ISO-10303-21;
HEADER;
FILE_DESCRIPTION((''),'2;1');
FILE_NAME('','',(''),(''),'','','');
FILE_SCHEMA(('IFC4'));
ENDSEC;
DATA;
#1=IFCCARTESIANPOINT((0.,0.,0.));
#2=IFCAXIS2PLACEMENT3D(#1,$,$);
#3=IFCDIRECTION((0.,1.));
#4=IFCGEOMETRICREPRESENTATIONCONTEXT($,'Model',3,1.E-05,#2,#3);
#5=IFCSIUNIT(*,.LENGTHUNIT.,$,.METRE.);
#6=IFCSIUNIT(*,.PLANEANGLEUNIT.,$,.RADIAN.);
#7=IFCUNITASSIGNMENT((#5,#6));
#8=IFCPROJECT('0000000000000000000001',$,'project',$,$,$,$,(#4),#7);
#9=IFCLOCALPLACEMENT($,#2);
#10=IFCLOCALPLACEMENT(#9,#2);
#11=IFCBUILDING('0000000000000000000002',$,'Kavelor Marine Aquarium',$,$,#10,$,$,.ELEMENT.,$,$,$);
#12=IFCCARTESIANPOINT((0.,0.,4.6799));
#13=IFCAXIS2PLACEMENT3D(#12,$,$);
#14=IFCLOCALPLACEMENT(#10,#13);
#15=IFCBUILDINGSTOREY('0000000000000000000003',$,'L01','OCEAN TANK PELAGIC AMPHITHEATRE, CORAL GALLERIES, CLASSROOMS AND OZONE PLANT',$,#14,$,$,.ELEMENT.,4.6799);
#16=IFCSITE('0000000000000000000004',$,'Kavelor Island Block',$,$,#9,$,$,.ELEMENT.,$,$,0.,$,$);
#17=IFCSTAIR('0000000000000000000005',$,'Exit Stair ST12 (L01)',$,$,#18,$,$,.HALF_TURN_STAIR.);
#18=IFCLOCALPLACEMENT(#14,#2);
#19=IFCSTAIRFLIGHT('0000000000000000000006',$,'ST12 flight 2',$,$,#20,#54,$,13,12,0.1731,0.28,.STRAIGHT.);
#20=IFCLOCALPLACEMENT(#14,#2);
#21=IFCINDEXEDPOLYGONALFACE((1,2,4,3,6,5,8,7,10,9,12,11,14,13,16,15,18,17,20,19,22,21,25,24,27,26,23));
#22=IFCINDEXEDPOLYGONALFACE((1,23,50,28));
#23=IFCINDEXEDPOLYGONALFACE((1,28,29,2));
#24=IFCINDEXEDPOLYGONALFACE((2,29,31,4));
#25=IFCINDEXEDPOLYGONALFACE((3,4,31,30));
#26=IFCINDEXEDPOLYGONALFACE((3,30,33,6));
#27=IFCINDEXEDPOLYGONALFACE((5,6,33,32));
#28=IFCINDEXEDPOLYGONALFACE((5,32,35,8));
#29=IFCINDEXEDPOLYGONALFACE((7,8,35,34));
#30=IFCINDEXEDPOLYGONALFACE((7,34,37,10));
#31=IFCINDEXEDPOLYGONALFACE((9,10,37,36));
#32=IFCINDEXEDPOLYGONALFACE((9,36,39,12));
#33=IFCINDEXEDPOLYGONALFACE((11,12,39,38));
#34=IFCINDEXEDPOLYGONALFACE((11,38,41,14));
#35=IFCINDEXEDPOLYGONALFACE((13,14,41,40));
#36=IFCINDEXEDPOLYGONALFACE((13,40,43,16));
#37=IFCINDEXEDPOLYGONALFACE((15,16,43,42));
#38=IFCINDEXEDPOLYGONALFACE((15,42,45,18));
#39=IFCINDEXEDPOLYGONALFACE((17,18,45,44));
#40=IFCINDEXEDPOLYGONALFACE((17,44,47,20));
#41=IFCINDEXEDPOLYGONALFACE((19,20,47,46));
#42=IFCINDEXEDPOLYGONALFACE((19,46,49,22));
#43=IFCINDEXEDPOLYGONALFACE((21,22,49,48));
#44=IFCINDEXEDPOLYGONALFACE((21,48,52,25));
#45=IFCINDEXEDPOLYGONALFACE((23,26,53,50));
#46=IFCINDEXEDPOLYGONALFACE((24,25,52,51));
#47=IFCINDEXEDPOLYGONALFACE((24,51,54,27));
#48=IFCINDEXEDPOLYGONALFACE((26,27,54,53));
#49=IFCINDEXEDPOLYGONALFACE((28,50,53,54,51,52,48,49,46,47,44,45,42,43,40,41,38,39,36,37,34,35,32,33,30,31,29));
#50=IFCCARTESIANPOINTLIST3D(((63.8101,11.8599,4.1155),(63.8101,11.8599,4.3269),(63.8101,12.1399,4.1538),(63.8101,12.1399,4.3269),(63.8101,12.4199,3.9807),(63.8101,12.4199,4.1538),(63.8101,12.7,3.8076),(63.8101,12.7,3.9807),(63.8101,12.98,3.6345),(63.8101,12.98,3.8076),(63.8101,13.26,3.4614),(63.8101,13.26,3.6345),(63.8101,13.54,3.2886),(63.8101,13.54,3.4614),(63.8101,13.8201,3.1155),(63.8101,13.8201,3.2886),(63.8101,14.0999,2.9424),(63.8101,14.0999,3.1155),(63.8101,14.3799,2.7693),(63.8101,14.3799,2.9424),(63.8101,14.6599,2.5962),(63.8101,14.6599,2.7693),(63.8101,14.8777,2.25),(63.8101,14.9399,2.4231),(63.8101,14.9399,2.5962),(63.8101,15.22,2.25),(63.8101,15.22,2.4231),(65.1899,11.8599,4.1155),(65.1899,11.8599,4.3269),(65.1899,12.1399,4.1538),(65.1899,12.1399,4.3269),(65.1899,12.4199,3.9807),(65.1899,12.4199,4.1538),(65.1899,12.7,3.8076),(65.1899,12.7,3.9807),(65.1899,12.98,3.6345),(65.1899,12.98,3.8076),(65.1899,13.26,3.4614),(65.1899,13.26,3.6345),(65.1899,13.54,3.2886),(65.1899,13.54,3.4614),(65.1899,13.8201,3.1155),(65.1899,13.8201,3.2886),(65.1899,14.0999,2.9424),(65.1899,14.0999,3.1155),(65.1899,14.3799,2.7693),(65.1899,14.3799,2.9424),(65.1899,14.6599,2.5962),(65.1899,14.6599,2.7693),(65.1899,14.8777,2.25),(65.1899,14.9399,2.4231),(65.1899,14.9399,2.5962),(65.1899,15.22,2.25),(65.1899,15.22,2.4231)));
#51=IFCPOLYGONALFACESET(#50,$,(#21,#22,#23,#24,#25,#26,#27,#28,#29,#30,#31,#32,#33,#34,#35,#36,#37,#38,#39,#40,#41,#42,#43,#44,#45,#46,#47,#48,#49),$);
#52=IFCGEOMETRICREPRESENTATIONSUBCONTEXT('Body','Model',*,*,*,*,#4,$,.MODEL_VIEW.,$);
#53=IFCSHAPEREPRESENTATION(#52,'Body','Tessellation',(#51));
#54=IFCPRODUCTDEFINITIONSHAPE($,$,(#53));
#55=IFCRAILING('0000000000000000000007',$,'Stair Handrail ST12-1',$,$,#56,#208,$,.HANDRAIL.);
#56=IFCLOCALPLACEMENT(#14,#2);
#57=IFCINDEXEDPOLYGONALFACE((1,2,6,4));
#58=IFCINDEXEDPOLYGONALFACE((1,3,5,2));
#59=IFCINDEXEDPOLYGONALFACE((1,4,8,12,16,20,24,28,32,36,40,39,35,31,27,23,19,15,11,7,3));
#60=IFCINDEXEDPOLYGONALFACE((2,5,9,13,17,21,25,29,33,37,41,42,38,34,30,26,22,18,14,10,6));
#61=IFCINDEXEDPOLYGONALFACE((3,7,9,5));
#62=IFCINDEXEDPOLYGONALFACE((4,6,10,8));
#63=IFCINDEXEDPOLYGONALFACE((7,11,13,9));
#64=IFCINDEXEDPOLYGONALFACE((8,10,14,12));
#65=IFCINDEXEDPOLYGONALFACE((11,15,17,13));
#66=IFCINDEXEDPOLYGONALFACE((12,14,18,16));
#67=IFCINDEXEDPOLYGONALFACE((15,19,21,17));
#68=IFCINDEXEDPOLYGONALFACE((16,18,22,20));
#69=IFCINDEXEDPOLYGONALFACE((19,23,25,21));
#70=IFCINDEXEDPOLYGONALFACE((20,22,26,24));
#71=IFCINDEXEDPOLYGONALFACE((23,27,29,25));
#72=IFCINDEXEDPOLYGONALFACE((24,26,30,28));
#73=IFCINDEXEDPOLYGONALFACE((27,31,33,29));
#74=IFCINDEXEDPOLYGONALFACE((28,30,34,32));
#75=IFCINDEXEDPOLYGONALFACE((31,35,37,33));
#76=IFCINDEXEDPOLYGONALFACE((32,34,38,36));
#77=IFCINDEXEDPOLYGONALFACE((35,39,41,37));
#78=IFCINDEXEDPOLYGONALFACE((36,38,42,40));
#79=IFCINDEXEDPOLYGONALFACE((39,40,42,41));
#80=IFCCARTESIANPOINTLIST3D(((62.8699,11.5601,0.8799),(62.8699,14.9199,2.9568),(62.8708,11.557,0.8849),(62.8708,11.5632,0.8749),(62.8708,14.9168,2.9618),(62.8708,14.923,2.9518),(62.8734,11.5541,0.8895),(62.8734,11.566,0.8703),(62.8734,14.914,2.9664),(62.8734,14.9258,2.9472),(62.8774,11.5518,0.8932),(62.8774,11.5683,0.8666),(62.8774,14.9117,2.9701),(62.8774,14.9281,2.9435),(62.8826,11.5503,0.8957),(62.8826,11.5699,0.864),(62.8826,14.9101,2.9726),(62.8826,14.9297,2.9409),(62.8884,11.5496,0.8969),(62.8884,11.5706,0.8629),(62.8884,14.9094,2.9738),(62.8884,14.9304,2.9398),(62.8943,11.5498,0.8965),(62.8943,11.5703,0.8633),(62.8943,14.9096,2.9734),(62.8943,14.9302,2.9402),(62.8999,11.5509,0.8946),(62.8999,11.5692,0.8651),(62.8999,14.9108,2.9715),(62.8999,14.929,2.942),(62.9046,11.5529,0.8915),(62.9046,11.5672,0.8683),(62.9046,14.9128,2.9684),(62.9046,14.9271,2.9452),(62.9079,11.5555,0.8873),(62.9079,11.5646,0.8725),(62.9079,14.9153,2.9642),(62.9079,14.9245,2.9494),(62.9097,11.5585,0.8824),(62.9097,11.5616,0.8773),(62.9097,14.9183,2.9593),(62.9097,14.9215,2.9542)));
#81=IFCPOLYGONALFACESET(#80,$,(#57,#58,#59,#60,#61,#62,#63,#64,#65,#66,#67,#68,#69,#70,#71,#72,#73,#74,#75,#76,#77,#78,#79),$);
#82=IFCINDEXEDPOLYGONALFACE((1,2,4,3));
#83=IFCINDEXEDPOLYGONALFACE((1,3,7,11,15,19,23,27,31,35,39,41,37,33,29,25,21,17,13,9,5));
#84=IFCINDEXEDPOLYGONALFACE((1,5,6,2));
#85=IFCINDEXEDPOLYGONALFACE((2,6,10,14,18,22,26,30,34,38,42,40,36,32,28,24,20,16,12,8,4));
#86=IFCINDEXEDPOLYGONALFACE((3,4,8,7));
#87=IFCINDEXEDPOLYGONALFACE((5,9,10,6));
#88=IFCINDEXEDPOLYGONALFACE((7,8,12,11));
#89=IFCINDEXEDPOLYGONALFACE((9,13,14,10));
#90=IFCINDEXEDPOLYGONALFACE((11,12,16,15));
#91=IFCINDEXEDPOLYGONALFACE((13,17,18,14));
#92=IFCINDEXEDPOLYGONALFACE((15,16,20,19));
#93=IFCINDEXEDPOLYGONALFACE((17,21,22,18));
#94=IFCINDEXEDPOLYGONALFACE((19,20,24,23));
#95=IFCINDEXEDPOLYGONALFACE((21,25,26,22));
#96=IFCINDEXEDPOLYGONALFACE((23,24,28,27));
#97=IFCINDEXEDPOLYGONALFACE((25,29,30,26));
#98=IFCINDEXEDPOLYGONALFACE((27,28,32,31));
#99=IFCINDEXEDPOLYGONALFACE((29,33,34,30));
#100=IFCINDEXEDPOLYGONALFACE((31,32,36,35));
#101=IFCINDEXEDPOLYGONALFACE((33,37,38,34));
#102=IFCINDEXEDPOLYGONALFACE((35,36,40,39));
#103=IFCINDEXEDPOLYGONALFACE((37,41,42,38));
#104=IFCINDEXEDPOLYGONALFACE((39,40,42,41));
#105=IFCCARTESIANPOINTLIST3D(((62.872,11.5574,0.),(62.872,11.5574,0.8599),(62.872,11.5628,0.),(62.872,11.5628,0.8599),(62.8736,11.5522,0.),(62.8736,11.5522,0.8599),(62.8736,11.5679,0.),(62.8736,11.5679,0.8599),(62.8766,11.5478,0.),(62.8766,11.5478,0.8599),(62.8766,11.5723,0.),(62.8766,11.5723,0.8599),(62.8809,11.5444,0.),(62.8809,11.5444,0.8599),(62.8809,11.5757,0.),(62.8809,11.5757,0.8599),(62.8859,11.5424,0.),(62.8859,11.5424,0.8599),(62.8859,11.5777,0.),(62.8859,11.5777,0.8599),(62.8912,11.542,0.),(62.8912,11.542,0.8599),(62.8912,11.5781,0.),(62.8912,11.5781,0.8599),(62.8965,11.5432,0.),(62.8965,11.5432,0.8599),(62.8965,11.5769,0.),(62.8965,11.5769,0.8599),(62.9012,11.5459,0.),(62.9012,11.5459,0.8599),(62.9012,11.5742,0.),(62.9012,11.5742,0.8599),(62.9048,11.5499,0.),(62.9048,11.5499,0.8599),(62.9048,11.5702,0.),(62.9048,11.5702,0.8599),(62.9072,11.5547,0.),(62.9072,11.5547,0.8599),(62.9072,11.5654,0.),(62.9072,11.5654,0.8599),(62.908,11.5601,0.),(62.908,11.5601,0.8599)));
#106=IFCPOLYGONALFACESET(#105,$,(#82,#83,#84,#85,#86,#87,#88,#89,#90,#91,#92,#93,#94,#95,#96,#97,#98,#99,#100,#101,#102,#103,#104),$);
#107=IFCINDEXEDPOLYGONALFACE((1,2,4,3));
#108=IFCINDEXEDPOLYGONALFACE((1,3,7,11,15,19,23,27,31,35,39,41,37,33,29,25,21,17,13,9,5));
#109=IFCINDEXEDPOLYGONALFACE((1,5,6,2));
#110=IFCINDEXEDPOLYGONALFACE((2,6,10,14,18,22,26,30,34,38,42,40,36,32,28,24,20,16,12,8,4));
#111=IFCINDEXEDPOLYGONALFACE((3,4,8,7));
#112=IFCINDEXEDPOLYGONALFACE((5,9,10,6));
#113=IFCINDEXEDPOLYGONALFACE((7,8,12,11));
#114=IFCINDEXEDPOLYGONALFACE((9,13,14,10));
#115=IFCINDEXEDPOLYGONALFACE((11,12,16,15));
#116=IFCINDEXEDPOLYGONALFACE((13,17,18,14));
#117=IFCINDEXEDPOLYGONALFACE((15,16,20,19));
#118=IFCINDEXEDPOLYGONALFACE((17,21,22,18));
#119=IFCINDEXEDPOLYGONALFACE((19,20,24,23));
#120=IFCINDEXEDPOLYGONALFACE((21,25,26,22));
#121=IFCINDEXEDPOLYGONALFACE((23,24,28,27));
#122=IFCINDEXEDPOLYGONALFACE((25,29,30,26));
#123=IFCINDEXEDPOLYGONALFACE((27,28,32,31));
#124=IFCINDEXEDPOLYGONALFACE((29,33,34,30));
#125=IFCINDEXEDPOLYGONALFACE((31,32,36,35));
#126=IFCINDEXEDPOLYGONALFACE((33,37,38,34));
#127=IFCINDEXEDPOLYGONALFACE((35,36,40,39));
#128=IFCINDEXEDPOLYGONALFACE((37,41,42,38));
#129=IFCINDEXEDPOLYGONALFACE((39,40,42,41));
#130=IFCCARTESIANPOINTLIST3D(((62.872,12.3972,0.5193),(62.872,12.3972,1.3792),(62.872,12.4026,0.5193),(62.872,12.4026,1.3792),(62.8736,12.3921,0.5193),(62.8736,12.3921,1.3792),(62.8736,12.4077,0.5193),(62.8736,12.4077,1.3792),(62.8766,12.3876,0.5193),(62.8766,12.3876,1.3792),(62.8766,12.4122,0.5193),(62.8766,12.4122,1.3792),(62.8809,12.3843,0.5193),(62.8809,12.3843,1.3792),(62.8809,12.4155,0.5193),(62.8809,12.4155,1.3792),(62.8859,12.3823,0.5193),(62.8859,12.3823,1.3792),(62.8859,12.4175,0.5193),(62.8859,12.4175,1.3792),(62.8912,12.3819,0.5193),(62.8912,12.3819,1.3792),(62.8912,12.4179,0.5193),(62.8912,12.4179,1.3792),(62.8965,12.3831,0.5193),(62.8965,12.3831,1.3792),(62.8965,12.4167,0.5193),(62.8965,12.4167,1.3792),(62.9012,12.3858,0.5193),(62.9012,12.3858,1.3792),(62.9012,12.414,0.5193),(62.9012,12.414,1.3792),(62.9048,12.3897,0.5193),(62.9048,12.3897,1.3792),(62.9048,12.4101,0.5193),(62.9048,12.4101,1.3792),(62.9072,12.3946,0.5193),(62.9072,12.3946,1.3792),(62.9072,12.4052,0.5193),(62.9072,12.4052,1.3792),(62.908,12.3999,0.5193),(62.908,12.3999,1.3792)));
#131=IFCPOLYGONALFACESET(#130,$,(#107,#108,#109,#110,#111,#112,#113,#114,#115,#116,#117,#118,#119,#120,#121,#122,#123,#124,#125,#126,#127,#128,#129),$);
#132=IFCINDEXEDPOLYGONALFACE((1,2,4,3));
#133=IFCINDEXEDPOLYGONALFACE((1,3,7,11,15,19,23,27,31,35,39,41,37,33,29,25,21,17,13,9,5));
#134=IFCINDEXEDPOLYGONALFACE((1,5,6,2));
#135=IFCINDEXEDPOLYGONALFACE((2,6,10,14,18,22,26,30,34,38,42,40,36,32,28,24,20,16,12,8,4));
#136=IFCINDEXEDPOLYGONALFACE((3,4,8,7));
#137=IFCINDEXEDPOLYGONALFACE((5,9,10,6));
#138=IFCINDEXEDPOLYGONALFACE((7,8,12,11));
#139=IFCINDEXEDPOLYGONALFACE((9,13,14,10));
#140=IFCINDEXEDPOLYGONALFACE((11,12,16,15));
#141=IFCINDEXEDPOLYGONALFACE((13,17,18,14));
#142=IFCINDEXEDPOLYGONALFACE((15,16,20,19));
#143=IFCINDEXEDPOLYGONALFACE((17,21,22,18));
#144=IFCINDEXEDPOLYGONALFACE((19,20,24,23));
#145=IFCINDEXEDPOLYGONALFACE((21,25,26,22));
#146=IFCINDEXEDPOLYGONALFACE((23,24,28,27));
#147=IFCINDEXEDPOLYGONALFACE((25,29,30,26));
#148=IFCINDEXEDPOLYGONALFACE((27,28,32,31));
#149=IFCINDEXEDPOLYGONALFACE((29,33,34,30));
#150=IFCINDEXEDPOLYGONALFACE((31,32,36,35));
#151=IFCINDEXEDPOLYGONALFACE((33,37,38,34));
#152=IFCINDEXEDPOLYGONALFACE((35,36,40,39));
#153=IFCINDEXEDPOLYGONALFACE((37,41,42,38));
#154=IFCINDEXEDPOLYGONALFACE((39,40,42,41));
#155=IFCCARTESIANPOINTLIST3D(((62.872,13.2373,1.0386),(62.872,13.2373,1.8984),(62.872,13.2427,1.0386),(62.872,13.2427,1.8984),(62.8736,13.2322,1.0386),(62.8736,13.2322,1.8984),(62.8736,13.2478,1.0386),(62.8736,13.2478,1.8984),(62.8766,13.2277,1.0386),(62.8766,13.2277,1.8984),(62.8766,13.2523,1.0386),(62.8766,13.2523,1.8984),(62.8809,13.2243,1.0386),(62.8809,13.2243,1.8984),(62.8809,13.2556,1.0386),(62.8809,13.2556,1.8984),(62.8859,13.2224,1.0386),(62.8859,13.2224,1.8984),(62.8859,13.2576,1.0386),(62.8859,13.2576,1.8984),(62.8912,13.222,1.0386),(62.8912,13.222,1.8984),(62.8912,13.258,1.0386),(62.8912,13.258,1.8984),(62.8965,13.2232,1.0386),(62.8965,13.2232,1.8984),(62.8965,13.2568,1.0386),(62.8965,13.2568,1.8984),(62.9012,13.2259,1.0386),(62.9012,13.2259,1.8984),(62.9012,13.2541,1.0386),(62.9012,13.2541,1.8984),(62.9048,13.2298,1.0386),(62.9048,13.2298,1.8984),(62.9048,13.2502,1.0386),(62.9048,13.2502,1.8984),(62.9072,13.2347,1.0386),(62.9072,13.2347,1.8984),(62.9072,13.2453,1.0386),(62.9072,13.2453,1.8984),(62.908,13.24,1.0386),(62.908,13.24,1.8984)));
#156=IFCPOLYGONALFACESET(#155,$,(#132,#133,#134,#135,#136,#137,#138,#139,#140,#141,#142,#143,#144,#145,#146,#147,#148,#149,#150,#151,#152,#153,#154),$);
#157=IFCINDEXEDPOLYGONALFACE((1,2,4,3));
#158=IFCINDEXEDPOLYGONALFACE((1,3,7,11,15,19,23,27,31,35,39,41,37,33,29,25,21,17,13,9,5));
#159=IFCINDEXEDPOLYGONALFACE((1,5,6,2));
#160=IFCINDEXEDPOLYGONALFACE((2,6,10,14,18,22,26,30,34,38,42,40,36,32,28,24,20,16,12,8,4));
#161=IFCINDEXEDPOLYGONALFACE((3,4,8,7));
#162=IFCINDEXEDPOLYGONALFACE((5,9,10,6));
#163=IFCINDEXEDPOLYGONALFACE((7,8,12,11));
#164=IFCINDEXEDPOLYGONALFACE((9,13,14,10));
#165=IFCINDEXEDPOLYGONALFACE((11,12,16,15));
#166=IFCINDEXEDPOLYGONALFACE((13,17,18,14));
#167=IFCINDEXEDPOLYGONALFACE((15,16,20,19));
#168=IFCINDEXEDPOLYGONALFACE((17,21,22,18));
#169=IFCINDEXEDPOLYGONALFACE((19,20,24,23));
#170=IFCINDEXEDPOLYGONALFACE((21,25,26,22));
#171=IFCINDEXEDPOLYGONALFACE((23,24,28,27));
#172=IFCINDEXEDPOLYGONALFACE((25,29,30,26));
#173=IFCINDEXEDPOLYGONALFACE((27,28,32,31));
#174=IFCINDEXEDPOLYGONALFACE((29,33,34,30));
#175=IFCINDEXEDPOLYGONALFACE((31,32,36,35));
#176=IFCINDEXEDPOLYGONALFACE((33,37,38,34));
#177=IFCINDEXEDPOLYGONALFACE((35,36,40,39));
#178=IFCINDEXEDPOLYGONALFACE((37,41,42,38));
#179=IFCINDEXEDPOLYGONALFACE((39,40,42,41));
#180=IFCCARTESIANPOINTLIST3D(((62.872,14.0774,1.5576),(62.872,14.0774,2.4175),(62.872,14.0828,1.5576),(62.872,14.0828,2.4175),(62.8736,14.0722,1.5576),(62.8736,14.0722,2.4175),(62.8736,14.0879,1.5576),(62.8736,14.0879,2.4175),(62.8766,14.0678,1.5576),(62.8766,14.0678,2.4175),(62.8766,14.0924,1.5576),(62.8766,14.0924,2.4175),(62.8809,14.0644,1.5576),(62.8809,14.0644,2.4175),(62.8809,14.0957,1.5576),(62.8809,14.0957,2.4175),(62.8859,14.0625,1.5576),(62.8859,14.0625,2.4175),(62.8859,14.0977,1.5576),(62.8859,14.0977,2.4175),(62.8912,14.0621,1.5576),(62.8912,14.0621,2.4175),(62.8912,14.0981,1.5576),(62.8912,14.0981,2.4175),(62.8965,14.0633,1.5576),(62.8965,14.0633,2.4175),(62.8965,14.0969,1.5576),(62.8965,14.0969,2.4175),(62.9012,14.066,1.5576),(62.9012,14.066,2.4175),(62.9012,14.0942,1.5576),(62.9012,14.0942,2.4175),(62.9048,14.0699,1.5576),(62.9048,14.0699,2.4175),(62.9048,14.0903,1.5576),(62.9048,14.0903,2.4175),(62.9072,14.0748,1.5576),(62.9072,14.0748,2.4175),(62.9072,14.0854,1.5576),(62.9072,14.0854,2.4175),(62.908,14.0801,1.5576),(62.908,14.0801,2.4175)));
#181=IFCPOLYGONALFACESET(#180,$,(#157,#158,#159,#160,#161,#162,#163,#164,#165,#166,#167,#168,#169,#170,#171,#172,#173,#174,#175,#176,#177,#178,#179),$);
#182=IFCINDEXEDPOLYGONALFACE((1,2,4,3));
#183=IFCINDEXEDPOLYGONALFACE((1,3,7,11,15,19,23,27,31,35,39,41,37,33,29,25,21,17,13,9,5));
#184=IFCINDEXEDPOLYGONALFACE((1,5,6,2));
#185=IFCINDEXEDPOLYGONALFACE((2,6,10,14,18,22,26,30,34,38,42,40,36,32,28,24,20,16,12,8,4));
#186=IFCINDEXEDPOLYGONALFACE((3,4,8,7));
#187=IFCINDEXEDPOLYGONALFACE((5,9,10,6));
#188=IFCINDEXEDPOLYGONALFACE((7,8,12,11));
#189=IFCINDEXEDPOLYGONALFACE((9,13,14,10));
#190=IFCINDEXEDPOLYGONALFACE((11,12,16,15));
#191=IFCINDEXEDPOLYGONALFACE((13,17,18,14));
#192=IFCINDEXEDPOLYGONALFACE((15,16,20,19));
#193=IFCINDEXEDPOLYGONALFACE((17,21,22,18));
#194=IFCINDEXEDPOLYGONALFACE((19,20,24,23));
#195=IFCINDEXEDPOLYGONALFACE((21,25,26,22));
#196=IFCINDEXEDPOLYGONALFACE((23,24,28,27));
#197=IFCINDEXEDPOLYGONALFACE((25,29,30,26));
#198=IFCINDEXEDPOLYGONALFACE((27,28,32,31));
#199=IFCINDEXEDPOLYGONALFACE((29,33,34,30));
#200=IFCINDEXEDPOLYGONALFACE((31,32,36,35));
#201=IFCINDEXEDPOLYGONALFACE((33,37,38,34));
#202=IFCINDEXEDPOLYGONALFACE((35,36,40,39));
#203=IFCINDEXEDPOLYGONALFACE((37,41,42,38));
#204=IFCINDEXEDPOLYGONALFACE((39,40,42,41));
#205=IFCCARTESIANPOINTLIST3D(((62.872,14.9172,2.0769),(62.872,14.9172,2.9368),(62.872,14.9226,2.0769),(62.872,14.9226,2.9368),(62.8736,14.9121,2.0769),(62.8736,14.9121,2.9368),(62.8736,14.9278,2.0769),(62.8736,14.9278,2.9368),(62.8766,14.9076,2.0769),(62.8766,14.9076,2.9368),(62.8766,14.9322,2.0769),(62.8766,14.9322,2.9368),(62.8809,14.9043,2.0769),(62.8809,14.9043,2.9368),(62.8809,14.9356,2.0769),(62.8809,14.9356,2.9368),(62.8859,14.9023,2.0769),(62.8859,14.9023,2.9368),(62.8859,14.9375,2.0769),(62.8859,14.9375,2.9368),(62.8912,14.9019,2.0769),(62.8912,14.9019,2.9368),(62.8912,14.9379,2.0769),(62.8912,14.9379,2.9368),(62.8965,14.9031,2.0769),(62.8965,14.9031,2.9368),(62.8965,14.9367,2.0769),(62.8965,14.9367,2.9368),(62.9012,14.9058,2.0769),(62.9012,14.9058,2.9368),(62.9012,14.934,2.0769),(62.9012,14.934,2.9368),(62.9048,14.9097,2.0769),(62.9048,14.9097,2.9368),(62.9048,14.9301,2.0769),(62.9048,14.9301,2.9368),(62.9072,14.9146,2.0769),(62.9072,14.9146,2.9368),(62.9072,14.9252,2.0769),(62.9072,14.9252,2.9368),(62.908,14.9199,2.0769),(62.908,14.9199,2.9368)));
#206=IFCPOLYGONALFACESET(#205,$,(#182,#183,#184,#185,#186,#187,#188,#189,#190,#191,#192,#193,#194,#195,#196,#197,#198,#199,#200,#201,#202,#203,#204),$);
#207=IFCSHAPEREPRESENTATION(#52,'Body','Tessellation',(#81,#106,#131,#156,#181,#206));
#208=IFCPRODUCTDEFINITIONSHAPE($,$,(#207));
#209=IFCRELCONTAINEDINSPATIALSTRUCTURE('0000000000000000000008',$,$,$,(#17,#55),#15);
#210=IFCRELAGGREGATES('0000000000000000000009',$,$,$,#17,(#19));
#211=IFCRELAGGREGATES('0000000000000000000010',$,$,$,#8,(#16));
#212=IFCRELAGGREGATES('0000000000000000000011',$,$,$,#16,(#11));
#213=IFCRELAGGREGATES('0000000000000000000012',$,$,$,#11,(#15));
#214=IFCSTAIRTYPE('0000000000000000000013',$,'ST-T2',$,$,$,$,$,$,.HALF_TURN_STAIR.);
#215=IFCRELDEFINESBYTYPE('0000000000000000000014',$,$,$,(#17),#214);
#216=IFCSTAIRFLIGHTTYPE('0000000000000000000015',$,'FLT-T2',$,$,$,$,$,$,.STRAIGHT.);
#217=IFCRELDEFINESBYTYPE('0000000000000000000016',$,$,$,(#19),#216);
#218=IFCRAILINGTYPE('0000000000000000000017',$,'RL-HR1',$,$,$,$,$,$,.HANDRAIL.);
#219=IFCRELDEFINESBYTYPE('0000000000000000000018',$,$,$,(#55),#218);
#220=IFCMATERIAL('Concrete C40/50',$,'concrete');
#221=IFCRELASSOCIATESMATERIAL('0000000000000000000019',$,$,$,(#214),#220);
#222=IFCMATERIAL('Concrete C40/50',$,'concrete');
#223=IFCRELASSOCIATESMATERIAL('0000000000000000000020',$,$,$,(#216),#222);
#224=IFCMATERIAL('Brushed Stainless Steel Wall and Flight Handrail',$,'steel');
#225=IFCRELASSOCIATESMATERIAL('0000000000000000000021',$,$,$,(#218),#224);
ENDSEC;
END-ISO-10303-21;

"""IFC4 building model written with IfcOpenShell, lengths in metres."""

from ifc_helpers import new_model, si_unit, direction, frame, origin, origin_2d, place, context, subcontext, project, spatial, polyline, circle, outline, extrude, material, type_object, element, aggregate, save


model = new_model("IFC4")

# Units and contexts
model_context = context("Model", 3, precision=1e-05, world=origin(), true_north=direction((0.0, 1.0)))
body_context = subcontext(model_context, "Body", "Model", "MODEL_VIEW")
ifc_project = project(units=[si_unit("LENGTHUNIT", "METRE"), si_unit("PLANEANGLEUNIT", "RADIAN")], contexts=[model_context])

# Site, building, storey
site_placement = place(None, origin())
site = spatial("IfcSite", under=ifc_project, at=site_placement, Name="Kavelor Island Block", CompositionType="ELEMENT", RefElevation=0.0)
building_placement = place(site_placement, origin())
building = spatial("IfcBuilding", under=site, at=building_placement, Name="Kavelor Marine Aquarium", CompositionType="ELEMENT")
storey_placement = place(building_placement, frame((0.0, 0.0, 4.6799)))
storey = spatial("IfcBuildingStorey", under=building, at=storey_placement, Name="L01", Description="OCEAN TANK PELAGIC AMPHITHEATRE, CORAL GALLERIES, CLASSROOMS AND OZONE PLANT", CompositionType="ELEMENT", Elevation=4.6799)

# Stair, stair flight
ifc_material_1 = material(Name="Concrete C40/50", Category="concrete")
stair_type = type_object("IfcStairType", Name="ST-T2", PredefinedType="HALF_TURN_STAIR", material=ifc_material_1)
stair_placement = place(storey_placement, origin())
stair = element("IfcStair", 1, at=stair_placement, inside=storey, type_object=stair_type, Name="Exit Stair ST12 (L01)", PredefinedType="HALF_TURN_STAIR")
ifc_material_2 = material(Name="Concrete C40/50", Category="concrete")
stair_flight_type = type_object("IfcStairFlightType", Name="FLT-T2", PredefinedType="STRAIGHT", material=ifc_material_2)
stair_flight_1_placement = place(storey_placement, frame((64.5, 15.22, 2.25), z_axis=(0.0, 0.0, 1.0), x_axis=(0.0, -1.0, 0.0)))
stair_flight_1 = element("IfcStairFlight", 2, at=stair_flight_1_placement, type_object=stair_flight_type, Name="ST12 flight 2", NumberOfRisers=13, NumberOfTreads=12, PredefinedType="STRAIGHT", RiserHeight=0.1731, TreadLength=0.28, context=body_context, shape_type="SweptSolid", body=[
    extrude(outline(polyline([(0.0, 0.0), (0.0, 0.1731), (0.28, 0.1731), (0.28, 0.3462), (0.5601, 0.3462), (0.5601, 0.5193), (0.8401, 0.5193), (0.8401, 0.6924), (1.1201, 0.6924), (1.1201, 0.8655), (1.3999, 0.8655), (1.3999, 1.0386), (1.6799, 1.0386), (1.6799, 1.2114), (1.96, 1.2114), (1.96, 1.3845), (2.24, 1.3845), (2.24, 1.5576), (2.52, 1.5576), (2.52, 1.7307), (2.8, 1.7307), (2.8, 1.9038), (3.0801, 1.9038), (3.0801, 2.0769), (3.3601, 2.0769), (3.3601, 2.25), (3.3601, 1.8655), (0.3423, 0.0), (0.0, 0.0)])), frame((0.0, 0.6899, 0.0), z_axis=(0.0, -1.0, 0.0), x_axis=(1.0, 0.0, 0.0)), (0.0, 0.0, 1.0), 1.3799),
])
aggregate(stair, [stair_flight_1])

# Railing
ifc_material_3 = material(Name="Brushed Stainless Steel Wall and Flight Handrail", Category="steel")
railing_type_1 = type_object("IfcRailingType", Name="RL-HR1", PredefinedType="HANDRAIL", material=ifc_material_3)
railing_1_placement = place(storey_placement, frame((62.8899, 11.5601, 0.0)))
element("IfcRailing", 3, at=railing_1_placement, inside=storey, type_object=railing_type_1, Name="Stair Handrail ST12-1", PredefinedType="HANDRAIL", context=body_context, shape_type="SweptSolid", body=[
    extrude(circle(Radius=0.02, at=origin_2d()), frame((0.0, 0.0, 0.8799), z_axis=(0.0, 0.850606, 0.525803), x_axis=(-1.0, 0.0, 0.0)), (0.0, 0.0, 1.0), 3.95),
    extrude(circle(Radius=0.0181, at=origin_2d()), origin(), (0.0, 0.0, 1.0), 0.8599),
    extrude(circle(Radius=0.0181, at=origin_2d()), frame((0.0, 0.8398, 0.5193)), (0.0, 0.0, 1.0), 0.8599),
    extrude(circle(Radius=0.0181, at=origin_2d()), frame((0.0, 1.6799, 1.0386)), (0.0, 0.0, 1.0), 0.8599),
    extrude(circle(Radius=0.0181, at=origin_2d()), frame((0.0, 2.52, 1.5576)), (0.0, 0.0, 1.0), 0.8599),
    extrude(circle(Radius=0.0181, at=origin_2d()), frame((0.0, 3.3599, 2.0769)), (0.0, 0.0, 1.0), 0.8599),
])

save(model, "model.ifc")
